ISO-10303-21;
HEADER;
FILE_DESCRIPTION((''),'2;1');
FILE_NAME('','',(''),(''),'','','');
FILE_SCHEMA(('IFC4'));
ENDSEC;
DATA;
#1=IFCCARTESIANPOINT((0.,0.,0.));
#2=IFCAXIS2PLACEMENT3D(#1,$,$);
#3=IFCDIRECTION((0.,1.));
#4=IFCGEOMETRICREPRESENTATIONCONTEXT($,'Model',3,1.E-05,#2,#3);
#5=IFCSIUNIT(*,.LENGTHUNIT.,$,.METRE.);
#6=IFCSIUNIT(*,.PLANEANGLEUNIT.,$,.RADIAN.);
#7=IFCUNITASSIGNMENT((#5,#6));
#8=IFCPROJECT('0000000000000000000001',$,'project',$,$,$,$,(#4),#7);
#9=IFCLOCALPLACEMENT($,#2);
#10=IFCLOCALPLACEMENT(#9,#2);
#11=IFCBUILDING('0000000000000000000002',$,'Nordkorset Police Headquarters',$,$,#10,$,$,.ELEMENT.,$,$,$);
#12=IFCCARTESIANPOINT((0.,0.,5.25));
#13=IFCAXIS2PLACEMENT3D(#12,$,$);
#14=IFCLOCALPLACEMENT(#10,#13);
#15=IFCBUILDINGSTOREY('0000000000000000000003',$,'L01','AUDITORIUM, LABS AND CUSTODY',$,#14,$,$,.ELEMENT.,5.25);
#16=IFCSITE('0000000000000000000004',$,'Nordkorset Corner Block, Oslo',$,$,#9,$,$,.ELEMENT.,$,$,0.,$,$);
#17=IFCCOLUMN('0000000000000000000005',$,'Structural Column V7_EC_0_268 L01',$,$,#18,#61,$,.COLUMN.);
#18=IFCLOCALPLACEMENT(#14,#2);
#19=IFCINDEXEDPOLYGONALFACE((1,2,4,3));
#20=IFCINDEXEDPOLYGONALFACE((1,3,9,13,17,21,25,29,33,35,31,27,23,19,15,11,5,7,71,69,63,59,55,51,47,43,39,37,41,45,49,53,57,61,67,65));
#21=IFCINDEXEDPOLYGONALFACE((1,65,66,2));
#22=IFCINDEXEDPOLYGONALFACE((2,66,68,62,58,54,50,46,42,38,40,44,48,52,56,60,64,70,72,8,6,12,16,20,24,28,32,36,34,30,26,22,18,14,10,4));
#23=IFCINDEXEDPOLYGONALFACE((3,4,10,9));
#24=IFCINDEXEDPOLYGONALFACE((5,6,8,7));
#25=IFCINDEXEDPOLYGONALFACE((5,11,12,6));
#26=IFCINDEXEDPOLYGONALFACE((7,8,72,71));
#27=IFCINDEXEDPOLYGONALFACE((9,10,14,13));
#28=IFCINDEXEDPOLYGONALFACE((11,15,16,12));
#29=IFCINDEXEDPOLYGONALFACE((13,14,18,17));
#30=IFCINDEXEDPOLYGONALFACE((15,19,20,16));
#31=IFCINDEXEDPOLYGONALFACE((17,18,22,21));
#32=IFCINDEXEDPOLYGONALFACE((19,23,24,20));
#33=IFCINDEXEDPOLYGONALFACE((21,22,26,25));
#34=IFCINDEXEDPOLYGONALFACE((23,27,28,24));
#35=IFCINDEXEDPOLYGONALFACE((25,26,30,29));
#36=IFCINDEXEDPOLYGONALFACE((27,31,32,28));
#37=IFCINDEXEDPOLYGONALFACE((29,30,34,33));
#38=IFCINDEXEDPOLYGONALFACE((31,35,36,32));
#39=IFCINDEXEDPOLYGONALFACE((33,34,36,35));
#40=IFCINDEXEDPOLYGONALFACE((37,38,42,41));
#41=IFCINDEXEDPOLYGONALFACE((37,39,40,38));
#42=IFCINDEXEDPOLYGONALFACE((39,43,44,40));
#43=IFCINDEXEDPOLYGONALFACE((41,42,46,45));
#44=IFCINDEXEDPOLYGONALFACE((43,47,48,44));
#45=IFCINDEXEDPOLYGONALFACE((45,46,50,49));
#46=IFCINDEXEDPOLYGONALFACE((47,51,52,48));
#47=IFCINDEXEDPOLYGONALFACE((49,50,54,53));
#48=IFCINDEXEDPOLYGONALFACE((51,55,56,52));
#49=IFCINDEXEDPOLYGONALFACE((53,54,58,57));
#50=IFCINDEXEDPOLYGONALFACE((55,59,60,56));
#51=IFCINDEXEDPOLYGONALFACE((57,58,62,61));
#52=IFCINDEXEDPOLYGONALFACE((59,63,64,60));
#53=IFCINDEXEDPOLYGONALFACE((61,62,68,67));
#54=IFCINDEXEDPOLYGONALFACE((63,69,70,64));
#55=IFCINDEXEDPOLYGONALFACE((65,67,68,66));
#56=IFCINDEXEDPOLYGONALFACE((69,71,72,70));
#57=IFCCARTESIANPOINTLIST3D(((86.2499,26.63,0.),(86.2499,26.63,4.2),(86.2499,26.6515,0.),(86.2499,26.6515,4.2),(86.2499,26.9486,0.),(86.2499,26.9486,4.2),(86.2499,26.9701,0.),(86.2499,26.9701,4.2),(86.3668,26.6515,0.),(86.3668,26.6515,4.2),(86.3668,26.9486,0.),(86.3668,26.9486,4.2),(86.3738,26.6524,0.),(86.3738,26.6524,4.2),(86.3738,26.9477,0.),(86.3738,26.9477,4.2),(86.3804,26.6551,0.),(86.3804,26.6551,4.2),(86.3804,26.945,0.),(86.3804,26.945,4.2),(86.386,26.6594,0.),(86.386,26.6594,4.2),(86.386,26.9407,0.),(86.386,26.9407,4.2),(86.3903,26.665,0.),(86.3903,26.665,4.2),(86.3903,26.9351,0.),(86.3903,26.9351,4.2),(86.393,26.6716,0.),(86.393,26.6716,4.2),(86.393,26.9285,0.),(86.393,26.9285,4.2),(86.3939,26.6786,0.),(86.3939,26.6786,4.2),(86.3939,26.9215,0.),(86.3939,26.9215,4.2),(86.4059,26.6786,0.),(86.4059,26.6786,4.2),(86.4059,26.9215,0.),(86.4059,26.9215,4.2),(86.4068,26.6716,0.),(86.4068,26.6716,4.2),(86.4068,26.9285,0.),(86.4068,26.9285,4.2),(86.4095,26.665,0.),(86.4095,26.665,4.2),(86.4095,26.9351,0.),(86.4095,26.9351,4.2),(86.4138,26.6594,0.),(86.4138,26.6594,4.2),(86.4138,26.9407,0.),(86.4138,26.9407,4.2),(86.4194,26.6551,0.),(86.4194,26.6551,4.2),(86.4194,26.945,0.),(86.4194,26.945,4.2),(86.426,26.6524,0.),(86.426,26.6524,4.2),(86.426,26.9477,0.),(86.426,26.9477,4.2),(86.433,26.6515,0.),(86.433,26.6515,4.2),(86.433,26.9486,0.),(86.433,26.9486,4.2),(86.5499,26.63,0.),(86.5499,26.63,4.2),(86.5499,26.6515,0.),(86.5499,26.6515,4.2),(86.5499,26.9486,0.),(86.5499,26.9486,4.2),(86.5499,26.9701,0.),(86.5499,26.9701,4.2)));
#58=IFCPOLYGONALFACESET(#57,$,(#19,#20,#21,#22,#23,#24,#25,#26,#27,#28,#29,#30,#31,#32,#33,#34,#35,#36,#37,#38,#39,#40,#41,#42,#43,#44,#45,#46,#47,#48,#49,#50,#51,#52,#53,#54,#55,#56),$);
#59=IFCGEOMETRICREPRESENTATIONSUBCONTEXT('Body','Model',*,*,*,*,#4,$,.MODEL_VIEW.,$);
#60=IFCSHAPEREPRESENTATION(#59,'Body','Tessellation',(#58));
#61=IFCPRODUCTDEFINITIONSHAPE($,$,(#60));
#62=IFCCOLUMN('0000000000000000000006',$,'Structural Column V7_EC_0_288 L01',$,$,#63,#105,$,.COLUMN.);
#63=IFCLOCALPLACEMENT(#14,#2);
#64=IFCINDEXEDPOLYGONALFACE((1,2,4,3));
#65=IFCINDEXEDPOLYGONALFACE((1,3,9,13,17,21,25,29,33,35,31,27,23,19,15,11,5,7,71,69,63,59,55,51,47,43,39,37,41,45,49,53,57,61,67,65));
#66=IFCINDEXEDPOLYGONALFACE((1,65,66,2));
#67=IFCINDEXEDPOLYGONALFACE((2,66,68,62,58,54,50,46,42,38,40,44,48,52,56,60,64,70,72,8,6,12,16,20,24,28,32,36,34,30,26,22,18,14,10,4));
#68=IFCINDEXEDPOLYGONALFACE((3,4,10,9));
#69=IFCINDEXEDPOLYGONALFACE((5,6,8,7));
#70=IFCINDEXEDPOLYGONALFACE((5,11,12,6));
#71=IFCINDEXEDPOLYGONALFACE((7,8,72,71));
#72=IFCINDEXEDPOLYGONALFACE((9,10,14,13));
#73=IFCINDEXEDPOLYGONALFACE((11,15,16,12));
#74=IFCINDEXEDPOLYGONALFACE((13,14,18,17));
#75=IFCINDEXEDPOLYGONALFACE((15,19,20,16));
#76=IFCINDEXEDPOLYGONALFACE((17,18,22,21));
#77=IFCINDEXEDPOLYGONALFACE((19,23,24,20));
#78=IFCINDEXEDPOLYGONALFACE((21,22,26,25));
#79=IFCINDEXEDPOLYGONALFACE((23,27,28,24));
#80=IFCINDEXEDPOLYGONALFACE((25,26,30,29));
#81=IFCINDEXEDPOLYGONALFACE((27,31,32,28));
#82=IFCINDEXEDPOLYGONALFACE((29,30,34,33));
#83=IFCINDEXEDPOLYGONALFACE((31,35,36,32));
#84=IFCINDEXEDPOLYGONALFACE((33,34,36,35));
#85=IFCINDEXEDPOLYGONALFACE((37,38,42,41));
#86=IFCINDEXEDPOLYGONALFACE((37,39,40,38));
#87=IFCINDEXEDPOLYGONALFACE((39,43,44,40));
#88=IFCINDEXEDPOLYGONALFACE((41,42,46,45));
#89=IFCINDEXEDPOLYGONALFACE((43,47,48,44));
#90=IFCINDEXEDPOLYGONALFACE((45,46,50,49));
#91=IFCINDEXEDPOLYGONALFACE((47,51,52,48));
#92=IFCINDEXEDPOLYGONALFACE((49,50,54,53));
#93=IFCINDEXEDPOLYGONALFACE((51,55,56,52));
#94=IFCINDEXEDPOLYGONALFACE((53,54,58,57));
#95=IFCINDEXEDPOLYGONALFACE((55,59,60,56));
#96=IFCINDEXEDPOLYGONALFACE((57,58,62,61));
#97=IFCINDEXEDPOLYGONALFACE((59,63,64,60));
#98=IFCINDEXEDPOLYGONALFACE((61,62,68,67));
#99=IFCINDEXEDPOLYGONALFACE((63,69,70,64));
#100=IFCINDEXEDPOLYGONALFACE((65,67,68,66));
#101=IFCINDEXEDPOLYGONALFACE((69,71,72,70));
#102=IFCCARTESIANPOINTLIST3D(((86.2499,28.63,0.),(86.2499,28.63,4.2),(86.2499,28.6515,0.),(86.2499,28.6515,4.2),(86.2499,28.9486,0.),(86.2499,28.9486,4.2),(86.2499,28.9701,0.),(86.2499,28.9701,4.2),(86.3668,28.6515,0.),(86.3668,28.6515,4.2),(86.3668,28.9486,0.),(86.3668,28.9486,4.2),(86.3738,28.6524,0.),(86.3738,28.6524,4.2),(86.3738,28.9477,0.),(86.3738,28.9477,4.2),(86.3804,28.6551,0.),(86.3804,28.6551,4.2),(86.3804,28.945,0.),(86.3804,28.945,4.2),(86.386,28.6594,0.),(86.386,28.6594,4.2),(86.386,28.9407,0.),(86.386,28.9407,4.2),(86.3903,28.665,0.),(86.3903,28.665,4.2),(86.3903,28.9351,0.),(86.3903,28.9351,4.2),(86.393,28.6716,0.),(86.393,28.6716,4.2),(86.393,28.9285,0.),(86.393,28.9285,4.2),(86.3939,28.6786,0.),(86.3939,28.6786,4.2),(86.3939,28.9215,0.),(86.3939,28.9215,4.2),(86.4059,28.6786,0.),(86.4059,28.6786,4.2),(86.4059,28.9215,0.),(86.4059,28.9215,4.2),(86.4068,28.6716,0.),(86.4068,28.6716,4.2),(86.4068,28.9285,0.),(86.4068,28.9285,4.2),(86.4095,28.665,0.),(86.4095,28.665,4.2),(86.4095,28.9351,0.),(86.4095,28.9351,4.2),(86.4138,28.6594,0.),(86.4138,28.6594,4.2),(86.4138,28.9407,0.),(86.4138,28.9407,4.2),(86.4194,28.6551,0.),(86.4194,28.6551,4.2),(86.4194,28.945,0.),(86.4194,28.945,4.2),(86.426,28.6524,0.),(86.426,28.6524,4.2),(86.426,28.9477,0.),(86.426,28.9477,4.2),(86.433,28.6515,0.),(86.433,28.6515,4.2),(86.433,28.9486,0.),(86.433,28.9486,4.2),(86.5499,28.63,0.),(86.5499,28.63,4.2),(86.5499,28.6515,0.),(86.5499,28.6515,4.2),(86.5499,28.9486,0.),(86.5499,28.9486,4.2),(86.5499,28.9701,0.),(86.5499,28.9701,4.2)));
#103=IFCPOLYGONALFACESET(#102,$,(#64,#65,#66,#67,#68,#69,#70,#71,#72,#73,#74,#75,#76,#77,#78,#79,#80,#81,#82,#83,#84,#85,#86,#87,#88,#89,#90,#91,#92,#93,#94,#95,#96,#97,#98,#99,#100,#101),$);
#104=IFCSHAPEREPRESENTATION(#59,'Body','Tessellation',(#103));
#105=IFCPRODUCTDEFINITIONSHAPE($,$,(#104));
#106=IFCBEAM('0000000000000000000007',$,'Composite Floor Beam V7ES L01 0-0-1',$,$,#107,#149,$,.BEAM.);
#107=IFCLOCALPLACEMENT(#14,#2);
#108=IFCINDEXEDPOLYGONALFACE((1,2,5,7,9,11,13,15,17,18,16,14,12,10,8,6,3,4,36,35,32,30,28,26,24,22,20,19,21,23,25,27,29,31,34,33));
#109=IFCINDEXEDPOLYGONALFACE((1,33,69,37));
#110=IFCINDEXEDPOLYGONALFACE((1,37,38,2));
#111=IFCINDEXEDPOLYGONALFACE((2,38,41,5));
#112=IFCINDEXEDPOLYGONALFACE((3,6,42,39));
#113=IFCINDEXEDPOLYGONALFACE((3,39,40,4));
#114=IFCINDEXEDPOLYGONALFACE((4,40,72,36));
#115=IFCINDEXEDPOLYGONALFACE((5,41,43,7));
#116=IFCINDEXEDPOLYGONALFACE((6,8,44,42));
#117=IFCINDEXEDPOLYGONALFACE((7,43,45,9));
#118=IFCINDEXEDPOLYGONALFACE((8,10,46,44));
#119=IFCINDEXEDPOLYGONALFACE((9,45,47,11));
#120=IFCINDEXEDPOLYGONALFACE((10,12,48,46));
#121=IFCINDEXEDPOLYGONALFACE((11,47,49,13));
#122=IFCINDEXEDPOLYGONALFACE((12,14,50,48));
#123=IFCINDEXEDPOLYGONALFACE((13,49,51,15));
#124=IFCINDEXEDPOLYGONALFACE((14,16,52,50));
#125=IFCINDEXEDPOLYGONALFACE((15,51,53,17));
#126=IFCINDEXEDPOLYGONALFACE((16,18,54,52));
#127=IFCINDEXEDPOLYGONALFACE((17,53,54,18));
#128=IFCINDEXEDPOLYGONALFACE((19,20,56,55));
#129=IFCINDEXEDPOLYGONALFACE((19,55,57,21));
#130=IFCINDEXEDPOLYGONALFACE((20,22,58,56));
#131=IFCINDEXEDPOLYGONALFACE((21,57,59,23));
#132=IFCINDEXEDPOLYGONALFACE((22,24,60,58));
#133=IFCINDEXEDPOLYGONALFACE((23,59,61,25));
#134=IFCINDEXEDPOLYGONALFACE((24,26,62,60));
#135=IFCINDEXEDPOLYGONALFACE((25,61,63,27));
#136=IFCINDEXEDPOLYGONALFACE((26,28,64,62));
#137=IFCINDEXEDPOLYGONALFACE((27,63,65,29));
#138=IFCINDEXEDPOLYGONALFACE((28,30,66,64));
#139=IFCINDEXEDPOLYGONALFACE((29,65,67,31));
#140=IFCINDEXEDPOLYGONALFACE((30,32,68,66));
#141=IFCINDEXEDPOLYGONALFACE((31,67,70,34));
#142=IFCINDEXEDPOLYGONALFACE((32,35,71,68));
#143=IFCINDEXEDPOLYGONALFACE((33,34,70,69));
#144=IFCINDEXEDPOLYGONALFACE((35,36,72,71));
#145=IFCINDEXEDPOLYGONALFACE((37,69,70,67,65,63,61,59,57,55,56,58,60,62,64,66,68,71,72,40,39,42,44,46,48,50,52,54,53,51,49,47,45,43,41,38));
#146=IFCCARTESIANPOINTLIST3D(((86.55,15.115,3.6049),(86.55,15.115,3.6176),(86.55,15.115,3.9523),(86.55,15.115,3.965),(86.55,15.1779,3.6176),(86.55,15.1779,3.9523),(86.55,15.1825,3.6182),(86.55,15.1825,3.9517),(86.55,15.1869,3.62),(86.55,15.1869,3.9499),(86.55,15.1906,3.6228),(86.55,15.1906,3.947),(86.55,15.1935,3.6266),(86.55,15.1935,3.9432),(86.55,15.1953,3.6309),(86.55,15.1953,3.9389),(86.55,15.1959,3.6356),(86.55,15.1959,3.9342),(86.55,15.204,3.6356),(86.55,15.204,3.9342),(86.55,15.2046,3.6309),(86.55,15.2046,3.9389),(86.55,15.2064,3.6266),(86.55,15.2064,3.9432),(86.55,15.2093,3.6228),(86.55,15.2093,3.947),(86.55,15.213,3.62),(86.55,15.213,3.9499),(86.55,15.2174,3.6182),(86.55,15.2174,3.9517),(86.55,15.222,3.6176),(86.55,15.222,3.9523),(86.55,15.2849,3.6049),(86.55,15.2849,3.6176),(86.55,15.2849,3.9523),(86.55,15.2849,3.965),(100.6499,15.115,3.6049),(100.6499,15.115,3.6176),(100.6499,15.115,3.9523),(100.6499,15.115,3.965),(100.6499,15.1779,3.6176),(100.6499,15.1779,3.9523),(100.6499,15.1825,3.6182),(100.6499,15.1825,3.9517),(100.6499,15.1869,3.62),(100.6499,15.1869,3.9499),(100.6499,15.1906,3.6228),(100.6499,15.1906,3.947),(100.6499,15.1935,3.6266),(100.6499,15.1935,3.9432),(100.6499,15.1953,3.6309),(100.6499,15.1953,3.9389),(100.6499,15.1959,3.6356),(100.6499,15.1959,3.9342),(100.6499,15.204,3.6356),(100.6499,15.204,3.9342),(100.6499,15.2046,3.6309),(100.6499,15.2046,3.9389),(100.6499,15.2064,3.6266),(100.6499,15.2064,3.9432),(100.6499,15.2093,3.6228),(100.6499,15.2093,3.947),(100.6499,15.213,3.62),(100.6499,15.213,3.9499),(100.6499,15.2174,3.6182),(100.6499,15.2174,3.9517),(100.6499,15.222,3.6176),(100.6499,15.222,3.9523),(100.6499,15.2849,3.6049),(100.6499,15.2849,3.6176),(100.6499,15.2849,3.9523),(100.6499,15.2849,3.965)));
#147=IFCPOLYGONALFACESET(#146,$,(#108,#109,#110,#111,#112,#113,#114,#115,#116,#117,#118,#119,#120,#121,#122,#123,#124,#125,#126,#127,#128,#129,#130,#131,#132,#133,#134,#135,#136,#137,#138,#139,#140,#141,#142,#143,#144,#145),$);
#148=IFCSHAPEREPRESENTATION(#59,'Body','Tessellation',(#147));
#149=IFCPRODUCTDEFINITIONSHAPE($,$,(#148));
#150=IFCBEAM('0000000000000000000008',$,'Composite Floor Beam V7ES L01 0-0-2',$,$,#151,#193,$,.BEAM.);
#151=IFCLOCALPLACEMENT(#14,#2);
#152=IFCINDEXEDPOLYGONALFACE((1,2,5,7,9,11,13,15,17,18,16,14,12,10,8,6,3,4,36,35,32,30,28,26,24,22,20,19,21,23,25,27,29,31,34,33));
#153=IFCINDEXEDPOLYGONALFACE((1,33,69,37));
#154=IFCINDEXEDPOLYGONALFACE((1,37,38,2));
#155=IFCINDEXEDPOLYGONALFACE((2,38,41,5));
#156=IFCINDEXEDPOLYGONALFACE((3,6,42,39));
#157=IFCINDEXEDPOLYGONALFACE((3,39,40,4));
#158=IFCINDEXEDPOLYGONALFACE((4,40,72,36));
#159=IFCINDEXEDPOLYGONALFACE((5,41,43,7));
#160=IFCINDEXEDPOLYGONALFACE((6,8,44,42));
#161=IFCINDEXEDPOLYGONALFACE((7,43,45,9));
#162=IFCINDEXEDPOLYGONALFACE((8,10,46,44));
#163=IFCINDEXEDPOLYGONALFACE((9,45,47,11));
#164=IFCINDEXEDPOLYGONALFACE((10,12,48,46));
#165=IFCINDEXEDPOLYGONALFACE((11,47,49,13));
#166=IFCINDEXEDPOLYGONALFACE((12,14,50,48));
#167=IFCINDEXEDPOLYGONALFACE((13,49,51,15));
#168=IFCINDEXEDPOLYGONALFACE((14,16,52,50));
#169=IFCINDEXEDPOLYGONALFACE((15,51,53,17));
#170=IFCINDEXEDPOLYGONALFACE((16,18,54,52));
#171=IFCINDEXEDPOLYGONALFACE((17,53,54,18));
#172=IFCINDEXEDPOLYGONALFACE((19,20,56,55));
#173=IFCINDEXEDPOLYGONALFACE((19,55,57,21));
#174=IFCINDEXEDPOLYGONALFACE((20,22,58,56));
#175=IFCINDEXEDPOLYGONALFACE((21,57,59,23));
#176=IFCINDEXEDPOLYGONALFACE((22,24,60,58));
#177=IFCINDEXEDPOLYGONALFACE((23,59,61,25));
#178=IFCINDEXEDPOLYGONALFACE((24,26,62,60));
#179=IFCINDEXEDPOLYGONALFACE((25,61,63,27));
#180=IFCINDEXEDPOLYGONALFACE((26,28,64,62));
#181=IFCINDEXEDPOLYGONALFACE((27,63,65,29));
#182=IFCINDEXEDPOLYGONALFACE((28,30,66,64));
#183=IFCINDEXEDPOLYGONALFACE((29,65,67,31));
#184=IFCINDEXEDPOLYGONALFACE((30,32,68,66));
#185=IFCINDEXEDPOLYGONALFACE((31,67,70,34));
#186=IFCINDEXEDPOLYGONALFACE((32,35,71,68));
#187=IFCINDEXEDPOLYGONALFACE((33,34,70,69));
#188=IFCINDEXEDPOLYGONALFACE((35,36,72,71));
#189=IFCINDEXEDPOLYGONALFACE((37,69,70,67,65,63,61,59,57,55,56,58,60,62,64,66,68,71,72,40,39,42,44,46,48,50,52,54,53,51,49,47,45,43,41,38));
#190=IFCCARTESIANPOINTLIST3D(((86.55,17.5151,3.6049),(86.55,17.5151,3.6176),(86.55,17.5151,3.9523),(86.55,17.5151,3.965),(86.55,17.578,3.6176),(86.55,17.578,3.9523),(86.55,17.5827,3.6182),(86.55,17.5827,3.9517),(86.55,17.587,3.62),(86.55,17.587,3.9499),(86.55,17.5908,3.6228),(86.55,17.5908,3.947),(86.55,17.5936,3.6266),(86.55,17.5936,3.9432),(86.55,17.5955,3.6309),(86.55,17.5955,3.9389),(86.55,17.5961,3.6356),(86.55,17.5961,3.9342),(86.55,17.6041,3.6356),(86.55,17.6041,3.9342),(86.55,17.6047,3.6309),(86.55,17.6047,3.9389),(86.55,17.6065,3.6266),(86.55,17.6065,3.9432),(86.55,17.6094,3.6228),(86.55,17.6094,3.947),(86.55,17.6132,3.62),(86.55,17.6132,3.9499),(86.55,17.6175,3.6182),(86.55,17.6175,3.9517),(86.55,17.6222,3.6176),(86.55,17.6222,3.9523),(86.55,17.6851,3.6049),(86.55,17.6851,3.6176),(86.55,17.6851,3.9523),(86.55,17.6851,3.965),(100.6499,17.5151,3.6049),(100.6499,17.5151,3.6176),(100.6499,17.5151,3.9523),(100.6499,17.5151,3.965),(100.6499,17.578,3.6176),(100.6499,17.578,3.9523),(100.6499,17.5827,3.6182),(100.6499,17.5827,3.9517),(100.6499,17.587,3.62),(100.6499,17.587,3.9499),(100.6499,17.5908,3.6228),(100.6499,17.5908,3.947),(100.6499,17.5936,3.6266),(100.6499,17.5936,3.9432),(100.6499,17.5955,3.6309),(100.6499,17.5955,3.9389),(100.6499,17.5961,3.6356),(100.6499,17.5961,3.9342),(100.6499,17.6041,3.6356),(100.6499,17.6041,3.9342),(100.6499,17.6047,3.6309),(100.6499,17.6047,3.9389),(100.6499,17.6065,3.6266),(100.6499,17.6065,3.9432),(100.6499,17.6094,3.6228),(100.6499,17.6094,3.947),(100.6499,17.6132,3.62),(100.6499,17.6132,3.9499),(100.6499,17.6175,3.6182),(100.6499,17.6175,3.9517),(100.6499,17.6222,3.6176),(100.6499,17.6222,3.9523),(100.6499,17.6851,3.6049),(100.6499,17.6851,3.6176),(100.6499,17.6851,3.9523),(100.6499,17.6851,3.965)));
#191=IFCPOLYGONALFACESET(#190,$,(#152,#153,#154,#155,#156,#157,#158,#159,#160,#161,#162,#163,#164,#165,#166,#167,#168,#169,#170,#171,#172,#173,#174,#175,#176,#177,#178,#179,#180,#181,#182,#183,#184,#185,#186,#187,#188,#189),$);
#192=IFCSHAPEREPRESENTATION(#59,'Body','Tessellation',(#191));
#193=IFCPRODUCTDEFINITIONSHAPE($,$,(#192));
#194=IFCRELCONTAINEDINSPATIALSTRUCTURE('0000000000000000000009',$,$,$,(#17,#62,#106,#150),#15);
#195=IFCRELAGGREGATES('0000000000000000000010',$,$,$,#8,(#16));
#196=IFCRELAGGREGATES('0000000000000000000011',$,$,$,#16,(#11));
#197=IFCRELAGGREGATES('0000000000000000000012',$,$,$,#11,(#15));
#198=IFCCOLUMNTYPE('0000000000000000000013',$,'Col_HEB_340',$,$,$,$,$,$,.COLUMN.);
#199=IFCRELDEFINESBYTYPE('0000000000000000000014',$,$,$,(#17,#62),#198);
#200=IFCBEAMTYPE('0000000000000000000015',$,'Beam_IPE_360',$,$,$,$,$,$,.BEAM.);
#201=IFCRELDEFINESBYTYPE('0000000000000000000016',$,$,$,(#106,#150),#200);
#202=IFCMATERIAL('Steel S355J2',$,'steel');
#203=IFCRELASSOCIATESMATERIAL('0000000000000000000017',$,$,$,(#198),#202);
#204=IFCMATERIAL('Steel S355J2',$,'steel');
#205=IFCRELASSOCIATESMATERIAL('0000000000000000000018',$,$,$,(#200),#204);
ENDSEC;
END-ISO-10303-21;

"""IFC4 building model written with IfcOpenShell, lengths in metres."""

from ifc_helpers import new_model, si_unit, direction, frame, origin, origin_2d, place, context, subcontext, project, spatial, i_section, extrude, material, material_profile, profile_set, type_object, element, save


model = new_model("IFC4")

# Units and contexts
model_context = context("Model", 3, precision=1e-05, world=origin(), true_north=direction((0.0, 1.0)))
body_context = subcontext(model_context, "Body", "Model", "MODEL_VIEW")
ifc_project = project(units=[si_unit("LENGTHUNIT", "METRE"), si_unit("PLANEANGLEUNIT", "RADIAN")], contexts=[model_context])

# Site, building, storey
site_placement = place(None, origin())
site = spatial("IfcSite", under=ifc_project, at=site_placement, Name="Nordkorset Corner Block, Oslo", CompositionType="ELEMENT", RefElevation=0.0)
building_placement = place(site_placement, origin())
building = spatial("IfcBuilding", under=site, at=building_placement, Name="Nordkorset Police Headquarters", CompositionType="ELEMENT")
storey_placement = place(building_placement, frame((0.0, 0.0, 5.25)))
storey = spatial("IfcBuildingStorey", under=building, at=storey_placement, Name="L01", Description="AUDITORIUM, LABS AND CUSTODY", CompositionType="ELEMENT", Elevation=5.25)

# Columns
ifc_material_1 = material(Name="Steel S355J2", Category="steel")
ifc_material_profile_1 = material_profile(ifc_material_1, i_section(OverallWidth=0.3, OverallDepth=0.3401, WebThickness=0.012, FlangeThickness=0.0215, FilletRadius=0.0271, at=origin_2d()), Name="HEB 340")
ifc_profile_set_1 = profile_set([ifc_material_profile_1], Name="Steel S355J2")
column_type = type_object("IfcColumnType", Name="Col_HEB_340", PredefinedType="COLUMN", material=ifc_profile_set_1)
for number, where, z_axis, x_axis, name in (
    (1, (86.3999, 26.8, 0.0), (0.0, 0.0, 1.0), (1.0, 0.0, 0.0), "Structural Column V7_EC_0_268 L01"),
    (2, (86.3999, 28.8, 0.0), (0.0, 0.0, 1.0), (1.0, 0.0, 0.0), "Structural Column V7_EC_0_288 L01"),
):
    element("IfcColumn", number, at=place(storey_placement, frame(where, z_axis=z_axis, x_axis=x_axis)), inside=storey, type_object=column_type, Name=name, PredefinedType="COLUMN", context=body_context, shape_type="SweptSolid", body=[
        extrude(i_section(OverallWidth=0.3, OverallDepth=0.3401, WebThickness=0.012, FlangeThickness=0.0215, FilletRadius=0.0271, at=origin_2d()), origin(), (0.0, 0.0, 1.0), 4.2),
    ])

# Beams
ifc_material_2 = material(Name="Steel S355J2", Category="steel")
ifc_material_profile_2 = material_profile(ifc_material_2, i_section(OverallWidth=0.1699, OverallDepth=0.3601, WebThickness=0.0081, FlangeThickness=0.0127, FilletRadius=0.0181, at=origin_2d()), Name="IPE 360")
ifc_profile_set_2 = profile_set([ifc_material_profile_2], Name="Steel S355J2")
beam_type_1 = type_object("IfcBeamType", Name="Beam_IPE_360", PredefinedType="BEAM", material=ifc_profile_set_2)
for number, where, z_axis, x_axis, name in (
    (3, (86.55, 15.2, 3.7849), (1.0, 0.0, 0.0), (0.0, 1.0, 0.0), "Composite Floor Beam V7ES L01 0-0-1"),
    (4, (86.55, 17.6001, 3.7849), (1.0, 0.0, 0.0), (0.0, 1.0, 0.0), "Composite Floor Beam V7ES L01 0-0-2"),
):
    element("IfcBeam", number, at=place(storey_placement, frame(where, z_axis=z_axis, x_axis=x_axis)), inside=storey, type_object=beam_type_1, Name=name, PredefinedType="BEAM", context=body_context, shape_type="SweptSolid", body=[
        extrude(i_section(OverallWidth=0.1699, OverallDepth=0.3601, WebThickness=0.0081, FlangeThickness=0.0127, FilletRadius=0.0181, at=origin_2d()), origin(), (0.0, 0.0, 1.0), 14.0999),
    ])

save(model, "model.ifc")
